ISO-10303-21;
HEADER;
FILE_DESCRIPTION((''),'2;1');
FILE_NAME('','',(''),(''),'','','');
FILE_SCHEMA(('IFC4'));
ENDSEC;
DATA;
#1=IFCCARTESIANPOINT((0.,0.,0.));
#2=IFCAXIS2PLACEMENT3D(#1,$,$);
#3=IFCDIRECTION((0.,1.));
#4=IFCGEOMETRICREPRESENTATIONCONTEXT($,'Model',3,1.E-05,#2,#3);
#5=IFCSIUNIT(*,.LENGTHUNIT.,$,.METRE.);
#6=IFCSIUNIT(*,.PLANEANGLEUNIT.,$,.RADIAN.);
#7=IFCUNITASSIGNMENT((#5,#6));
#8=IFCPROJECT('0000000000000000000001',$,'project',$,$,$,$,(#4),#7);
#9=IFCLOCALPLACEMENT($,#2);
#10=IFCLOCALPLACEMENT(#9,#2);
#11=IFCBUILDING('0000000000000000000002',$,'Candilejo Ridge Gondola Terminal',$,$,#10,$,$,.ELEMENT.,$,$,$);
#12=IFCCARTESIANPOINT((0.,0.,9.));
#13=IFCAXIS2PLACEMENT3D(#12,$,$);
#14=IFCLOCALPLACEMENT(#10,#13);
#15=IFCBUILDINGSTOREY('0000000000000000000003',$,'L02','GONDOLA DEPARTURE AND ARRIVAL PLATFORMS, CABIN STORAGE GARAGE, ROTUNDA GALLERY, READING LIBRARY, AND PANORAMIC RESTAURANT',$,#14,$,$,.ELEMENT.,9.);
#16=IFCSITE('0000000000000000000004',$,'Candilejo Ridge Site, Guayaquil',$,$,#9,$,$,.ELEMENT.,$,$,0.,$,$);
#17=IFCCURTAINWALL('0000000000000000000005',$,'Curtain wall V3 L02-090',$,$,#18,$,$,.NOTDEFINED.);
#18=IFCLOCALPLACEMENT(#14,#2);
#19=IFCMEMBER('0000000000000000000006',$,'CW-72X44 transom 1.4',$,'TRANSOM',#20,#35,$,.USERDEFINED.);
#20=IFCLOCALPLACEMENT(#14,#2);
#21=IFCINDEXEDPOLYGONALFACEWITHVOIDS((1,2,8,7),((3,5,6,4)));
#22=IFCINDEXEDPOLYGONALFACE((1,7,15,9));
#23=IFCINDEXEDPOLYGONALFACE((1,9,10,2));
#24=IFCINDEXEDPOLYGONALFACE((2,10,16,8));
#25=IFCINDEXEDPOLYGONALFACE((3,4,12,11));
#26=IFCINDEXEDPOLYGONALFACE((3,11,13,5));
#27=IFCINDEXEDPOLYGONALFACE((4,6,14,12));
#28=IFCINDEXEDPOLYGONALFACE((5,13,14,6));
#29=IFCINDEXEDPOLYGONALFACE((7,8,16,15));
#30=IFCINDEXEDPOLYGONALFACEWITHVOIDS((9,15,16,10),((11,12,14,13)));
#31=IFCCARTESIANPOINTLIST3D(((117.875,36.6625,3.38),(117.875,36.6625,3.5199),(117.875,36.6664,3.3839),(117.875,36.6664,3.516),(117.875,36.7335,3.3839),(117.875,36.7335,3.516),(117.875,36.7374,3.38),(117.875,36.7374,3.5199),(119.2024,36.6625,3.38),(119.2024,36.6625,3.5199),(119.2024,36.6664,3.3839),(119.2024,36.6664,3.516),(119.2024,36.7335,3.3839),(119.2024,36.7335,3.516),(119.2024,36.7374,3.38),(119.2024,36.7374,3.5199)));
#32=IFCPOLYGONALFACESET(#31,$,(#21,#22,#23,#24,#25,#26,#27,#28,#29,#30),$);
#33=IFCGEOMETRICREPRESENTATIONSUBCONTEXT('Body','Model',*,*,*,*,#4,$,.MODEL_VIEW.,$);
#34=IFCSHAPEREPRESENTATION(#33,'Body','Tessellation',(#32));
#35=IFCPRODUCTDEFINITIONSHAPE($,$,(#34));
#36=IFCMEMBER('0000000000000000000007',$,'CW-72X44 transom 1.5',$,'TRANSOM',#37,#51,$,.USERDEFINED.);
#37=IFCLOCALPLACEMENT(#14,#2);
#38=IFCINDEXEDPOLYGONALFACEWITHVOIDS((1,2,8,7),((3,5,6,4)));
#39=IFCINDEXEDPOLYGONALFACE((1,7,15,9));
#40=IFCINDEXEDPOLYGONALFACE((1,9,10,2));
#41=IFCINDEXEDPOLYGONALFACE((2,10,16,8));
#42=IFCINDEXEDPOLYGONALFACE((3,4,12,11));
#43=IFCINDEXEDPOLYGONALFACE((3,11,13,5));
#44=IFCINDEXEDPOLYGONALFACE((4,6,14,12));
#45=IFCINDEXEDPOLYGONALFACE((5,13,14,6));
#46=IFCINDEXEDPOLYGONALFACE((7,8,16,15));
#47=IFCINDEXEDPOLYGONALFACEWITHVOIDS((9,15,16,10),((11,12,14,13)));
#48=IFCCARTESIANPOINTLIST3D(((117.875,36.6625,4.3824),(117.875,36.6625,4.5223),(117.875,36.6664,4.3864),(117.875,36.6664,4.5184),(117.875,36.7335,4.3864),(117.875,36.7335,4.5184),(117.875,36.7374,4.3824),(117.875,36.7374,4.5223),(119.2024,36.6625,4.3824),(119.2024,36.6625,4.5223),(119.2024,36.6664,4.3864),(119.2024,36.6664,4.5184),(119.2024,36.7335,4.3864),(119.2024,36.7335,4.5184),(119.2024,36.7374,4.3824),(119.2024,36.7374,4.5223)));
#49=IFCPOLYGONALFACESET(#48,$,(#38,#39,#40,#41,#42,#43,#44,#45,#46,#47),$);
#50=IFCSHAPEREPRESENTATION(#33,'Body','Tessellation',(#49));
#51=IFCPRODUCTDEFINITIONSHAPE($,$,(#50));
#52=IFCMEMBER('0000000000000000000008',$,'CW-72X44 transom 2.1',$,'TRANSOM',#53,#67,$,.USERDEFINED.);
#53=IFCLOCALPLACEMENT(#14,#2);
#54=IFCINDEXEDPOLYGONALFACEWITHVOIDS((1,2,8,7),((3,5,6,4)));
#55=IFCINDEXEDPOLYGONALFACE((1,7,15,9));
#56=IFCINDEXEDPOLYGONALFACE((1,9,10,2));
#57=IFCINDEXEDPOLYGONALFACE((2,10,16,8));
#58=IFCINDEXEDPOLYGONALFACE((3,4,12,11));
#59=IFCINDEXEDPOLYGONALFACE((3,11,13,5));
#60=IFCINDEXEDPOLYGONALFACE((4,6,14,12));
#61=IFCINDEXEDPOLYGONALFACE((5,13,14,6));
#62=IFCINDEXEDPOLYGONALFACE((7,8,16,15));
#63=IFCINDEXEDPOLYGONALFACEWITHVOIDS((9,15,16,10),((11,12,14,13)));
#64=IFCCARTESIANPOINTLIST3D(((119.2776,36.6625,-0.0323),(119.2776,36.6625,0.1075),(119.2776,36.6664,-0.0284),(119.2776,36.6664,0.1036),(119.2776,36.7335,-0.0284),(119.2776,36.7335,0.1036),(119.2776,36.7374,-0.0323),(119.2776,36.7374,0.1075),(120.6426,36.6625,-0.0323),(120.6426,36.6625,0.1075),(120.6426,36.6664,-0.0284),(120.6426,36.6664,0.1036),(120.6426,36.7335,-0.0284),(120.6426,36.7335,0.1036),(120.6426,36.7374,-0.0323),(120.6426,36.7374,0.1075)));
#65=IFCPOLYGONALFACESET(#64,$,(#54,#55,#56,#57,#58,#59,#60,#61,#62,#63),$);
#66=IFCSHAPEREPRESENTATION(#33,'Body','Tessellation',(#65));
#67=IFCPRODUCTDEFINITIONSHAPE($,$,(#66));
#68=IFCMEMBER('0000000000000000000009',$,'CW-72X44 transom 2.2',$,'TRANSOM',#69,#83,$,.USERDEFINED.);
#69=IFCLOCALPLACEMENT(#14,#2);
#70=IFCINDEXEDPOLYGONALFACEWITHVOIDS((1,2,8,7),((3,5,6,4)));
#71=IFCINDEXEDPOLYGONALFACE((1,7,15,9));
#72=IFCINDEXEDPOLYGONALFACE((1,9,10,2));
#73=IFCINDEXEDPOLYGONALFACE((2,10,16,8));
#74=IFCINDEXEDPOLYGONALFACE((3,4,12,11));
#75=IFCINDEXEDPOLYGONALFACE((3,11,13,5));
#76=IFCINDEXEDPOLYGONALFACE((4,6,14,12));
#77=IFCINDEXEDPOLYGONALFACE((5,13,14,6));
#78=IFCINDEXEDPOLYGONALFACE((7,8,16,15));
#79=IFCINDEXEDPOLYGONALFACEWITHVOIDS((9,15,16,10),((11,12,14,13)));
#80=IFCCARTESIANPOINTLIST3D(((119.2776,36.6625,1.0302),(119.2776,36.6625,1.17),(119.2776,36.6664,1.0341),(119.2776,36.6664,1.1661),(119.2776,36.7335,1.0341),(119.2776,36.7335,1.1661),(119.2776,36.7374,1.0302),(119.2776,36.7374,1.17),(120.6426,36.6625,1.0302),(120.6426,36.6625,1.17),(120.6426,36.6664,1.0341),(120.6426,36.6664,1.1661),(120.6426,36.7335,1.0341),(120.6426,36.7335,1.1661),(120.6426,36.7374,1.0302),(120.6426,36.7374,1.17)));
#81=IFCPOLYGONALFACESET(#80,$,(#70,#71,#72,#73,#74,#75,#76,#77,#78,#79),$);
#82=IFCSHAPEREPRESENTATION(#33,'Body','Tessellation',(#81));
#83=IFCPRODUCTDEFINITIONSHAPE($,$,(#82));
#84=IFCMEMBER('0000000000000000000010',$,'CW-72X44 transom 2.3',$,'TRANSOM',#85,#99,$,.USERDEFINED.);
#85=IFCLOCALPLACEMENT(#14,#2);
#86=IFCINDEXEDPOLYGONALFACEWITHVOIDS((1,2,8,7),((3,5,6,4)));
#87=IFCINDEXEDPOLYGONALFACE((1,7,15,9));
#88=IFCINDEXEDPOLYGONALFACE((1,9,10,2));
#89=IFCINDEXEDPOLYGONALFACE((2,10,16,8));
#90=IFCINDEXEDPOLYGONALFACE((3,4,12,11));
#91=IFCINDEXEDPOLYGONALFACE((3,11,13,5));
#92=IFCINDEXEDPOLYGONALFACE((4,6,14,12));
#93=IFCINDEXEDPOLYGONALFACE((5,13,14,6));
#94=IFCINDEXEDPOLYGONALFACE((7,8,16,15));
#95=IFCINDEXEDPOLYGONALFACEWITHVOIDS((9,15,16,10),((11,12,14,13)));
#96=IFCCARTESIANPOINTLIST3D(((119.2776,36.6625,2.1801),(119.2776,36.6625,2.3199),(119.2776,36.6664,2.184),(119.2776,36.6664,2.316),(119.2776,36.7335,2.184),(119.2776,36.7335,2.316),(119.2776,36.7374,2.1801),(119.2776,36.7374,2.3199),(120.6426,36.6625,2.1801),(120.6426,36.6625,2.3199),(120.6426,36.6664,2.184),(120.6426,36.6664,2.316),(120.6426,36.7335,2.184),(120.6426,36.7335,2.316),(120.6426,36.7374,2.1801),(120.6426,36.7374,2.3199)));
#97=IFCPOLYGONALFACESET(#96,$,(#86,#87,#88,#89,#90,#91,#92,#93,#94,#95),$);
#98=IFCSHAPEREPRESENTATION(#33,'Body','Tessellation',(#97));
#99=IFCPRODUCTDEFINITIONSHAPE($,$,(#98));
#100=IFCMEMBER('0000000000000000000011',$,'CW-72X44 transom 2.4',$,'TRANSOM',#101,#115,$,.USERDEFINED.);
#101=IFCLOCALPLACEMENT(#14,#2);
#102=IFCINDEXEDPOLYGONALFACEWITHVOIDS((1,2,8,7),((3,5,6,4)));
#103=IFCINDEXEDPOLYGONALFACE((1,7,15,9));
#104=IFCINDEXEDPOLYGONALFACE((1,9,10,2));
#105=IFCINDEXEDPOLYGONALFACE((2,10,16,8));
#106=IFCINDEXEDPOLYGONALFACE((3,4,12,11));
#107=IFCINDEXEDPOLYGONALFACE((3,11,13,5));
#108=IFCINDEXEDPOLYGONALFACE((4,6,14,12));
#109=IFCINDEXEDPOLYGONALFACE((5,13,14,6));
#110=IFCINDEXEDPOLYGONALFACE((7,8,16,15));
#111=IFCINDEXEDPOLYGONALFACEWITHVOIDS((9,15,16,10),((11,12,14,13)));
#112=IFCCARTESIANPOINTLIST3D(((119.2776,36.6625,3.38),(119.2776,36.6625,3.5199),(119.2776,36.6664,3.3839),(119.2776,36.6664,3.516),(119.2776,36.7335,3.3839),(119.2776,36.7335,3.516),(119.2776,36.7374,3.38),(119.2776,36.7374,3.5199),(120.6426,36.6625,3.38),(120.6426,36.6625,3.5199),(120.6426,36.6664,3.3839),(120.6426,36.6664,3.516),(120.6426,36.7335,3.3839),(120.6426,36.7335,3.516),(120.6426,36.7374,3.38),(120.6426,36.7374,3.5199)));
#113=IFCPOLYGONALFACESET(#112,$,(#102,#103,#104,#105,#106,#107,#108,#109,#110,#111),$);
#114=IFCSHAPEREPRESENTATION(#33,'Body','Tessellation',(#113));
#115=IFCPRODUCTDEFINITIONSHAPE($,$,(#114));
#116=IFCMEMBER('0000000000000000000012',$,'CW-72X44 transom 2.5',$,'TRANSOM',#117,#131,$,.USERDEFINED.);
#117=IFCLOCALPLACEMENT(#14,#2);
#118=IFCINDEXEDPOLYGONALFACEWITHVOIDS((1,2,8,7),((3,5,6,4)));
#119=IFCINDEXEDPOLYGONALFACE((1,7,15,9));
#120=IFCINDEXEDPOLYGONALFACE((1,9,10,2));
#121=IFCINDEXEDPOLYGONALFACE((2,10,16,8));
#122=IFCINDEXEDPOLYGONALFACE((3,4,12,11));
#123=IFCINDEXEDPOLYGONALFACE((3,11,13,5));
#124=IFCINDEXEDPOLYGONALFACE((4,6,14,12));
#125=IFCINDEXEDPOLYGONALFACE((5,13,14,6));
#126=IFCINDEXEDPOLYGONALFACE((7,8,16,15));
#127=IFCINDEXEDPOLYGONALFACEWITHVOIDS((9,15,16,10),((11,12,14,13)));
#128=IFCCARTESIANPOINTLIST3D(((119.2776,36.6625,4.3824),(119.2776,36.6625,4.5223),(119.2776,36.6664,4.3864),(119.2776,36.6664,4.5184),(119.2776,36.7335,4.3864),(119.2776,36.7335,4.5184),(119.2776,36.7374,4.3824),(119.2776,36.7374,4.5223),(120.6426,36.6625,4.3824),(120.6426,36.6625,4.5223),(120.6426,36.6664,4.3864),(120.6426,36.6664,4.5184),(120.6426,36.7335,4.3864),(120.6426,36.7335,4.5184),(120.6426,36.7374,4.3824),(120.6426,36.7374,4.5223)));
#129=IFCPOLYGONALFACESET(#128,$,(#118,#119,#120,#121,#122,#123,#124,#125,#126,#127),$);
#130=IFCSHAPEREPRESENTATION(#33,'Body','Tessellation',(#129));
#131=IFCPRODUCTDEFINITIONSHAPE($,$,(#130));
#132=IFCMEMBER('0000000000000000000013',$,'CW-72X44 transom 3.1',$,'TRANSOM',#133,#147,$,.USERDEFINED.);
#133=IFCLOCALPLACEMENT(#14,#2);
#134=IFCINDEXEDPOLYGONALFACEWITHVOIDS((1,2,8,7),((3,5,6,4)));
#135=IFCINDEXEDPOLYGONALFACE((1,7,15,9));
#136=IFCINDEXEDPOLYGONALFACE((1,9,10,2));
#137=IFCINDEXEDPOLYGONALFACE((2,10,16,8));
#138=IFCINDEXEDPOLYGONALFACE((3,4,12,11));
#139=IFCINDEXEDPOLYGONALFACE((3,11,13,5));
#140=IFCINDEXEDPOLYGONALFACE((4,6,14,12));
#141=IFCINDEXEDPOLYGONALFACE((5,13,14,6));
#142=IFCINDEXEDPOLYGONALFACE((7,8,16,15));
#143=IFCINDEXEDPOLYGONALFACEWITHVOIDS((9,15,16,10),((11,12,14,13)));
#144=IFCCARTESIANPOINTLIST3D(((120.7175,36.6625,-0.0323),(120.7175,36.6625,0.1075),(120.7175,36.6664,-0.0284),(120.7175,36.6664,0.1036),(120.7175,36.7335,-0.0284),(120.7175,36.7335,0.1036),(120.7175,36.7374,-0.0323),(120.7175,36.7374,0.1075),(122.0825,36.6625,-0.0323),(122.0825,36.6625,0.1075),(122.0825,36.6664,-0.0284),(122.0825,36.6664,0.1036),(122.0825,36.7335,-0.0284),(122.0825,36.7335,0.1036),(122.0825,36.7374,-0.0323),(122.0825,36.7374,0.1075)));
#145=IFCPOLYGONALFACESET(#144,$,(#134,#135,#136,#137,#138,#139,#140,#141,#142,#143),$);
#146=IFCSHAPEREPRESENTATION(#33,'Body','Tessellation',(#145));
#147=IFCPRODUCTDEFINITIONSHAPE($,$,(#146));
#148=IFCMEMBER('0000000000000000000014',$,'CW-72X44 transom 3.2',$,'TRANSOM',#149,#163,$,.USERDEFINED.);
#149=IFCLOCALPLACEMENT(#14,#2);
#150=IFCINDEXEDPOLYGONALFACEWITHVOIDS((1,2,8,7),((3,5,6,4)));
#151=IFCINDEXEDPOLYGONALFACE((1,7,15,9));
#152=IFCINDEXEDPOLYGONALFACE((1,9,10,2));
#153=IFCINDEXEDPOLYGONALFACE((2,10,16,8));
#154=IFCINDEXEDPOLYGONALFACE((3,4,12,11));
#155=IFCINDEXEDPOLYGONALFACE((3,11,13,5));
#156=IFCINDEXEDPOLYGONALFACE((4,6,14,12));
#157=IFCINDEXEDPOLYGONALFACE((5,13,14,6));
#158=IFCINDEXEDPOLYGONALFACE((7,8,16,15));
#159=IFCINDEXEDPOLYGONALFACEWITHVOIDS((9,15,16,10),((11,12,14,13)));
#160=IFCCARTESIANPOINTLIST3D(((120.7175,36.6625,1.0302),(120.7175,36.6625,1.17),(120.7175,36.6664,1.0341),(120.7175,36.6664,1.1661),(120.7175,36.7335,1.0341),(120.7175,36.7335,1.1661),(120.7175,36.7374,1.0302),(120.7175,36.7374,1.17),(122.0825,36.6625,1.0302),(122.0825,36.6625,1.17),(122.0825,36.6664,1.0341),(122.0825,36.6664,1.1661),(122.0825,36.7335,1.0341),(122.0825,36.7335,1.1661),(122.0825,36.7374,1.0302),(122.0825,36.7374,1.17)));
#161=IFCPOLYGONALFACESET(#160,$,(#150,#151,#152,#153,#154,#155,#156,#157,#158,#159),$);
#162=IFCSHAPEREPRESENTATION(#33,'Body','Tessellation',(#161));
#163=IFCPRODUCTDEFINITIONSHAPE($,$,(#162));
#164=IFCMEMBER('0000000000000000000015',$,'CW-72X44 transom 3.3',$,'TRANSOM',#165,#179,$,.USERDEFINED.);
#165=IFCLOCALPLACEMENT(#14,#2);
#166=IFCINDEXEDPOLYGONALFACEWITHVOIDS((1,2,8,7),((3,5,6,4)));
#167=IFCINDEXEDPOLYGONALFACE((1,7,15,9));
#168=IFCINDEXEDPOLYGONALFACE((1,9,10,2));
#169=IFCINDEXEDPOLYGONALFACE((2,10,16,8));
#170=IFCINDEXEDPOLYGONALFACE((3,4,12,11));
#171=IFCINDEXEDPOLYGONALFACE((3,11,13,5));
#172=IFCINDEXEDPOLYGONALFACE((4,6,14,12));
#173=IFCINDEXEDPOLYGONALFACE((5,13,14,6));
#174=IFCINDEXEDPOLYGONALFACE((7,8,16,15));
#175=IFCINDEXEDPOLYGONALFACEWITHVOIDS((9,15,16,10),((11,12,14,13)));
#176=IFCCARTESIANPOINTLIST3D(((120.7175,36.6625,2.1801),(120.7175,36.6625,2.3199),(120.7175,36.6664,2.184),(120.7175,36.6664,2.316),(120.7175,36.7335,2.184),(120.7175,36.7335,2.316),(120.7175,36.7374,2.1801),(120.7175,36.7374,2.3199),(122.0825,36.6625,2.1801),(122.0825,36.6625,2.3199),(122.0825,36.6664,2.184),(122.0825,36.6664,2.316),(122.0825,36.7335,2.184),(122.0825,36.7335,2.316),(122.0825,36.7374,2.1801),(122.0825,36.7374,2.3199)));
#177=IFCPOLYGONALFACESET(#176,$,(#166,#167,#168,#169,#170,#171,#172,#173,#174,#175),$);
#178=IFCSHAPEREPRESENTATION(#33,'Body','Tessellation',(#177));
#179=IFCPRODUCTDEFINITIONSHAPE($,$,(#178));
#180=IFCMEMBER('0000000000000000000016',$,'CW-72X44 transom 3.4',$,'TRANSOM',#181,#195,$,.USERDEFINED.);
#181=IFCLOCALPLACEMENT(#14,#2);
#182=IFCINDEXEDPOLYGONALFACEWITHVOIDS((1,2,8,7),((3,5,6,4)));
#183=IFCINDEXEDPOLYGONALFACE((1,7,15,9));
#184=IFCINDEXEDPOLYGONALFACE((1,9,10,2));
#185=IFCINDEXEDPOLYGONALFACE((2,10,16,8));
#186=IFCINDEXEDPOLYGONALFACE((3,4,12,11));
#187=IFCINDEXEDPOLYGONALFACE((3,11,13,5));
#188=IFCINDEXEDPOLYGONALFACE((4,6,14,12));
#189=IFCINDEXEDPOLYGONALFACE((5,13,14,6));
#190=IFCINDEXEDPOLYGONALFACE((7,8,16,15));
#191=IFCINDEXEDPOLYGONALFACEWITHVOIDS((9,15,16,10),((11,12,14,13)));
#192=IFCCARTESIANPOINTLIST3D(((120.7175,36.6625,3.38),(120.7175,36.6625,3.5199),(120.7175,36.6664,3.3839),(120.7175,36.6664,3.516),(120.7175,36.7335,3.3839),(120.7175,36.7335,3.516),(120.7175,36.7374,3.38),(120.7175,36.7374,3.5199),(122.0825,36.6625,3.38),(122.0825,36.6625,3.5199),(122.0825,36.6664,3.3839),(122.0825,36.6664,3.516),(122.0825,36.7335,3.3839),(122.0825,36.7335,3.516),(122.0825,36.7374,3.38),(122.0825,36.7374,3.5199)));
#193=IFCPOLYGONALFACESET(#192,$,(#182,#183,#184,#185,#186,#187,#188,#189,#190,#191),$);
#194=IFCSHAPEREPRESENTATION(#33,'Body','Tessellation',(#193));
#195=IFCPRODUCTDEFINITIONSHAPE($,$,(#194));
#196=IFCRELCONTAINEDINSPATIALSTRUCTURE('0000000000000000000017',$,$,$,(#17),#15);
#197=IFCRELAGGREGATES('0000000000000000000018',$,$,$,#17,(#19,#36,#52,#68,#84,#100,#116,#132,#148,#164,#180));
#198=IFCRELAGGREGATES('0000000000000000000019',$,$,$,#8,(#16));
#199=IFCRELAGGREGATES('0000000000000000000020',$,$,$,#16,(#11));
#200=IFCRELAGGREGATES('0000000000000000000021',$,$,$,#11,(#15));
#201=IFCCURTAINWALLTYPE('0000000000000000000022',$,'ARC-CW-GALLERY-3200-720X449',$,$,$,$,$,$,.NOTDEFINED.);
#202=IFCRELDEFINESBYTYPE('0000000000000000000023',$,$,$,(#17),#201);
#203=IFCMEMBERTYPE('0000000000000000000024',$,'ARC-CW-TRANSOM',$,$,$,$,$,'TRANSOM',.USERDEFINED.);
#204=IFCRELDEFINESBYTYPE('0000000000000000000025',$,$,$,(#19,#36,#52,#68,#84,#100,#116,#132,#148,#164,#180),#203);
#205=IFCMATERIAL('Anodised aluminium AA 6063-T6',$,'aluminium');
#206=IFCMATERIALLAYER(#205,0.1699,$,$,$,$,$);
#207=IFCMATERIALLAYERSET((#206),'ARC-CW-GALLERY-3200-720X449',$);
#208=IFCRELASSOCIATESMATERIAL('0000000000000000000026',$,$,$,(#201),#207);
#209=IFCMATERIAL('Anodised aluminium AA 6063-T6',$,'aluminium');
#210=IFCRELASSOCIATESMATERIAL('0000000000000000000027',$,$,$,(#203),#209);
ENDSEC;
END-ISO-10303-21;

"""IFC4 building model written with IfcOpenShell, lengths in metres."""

from ifc_helpers import new_model, si_unit, direction, frame, origin, origin_2d, place, context, subcontext, project, spatial, hollow_rectangle, extrude, material, layer, layer_set, material_profile, profile_set, type_object, element, aggregate, save


model = new_model("IFC4")

# Units and contexts
model_context = context("Model", 3, precision=1e-05, world=origin(), true_north=direction((0.0, 1.0)))
body_context = subcontext(model_context, "Body", "Model", "MODEL_VIEW")
ifc_project = project(units=[si_unit("LENGTHUNIT", "METRE"), si_unit("PLANEANGLEUNIT", "RADIAN")], contexts=[model_context])

# Site, building, storey
site_placement = place(None, origin())
site = spatial("IfcSite", under=ifc_project, at=site_placement, Name="Candilejo Ridge Site, Guayaquil", CompositionType="ELEMENT", RefElevation=0.0)
building_placement = place(site_placement, origin())
building = spatial("IfcBuilding", under=site, at=building_placement, Name="Candilejo Ridge Gondola Terminal", CompositionType="ELEMENT")
storey_placement = place(building_placement, frame((0.0, 0.0, 9.0)))
storey = spatial("IfcBuildingStorey", under=building, at=storey_placement, Name="L02", Description="GONDOLA DEPARTURE AND ARRIVAL PLATFORMS, CABIN STORAGE GARAGE, ROTUNDA GALLERY, READING LIBRARY, AND PANORAMIC RESTAURANT", CompositionType="ELEMENT", Elevation=9.0)

# Shared definitions
ifc_material_1 = material(Name="Anodised aluminium AA 6063-T6", Category="aluminium")
ifc_layer_1 = layer(ifc_material_1, 0.1699)
ifc_layer_set_1 = layer_set([ifc_layer_1], Name="ARC-CW-GALLERY-3200-720X449")
curtain_wall_type = type_object("IfcCurtainWallType", Name="ARC-CW-GALLERY-3200-720X449", PredefinedType="NOTDEFINED", material=ifc_layer_set_1)

# Curtain wall
curtain_wall_1_placement = place(storey_placement, origin())
curtain_wall_1 = element("IfcCurtainWall", 1, at=curtain_wall_1_placement, inside=storey, type_object=curtain_wall_type, Name="Curtain wall V3 L02-090", PredefinedType="NOTDEFINED")

# Members
ifc_material_2 = material(Name="Anodised aluminium AA 6063-T6", Category="aluminium")
ifc_material_profile_1 = material_profile(ifc_material_2, hollow_rectangle(XDim=0.075, YDim=0.1399, WallThickness=0.0039, at=origin_2d()))
ifc_profile_set_1 = profile_set([ifc_material_profile_1], Name="Anodised aluminium AA 6063-T6")
member_type_1 = type_object("IfcMemberType", Name="ARC-CW-TRANSOM", ElementType="TRANSOM", PredefinedType="USERDEFINED", material=ifc_profile_set_1)
member_1_placement = place(storey_placement, frame((117.875, 36.7, 3.45), z_axis=(1.0, 0.0, 0.0), x_axis=(0.0, 1.0, 0.0)))
member_1 = element("IfcMember", 2, at=member_1_placement, type_object=member_type_1, Name="CW-72X44 transom 1.4", ObjectType="TRANSOM", PredefinedType="USERDEFINED", context=body_context, shape_type="SweptSolid", body=[
    extrude(hollow_rectangle(XDim=0.075, YDim=0.1399, WallThickness=0.0039, at=origin_2d()), origin(), (0.0, 0.0, 1.0), 1.3274),
])
member_2_placement = place(storey_placement, frame((117.875, 36.7, 4.4524), z_axis=(1.0, 0.0, 0.0), x_axis=(0.0, 1.0, 0.0)))
member_2 = element("IfcMember", 3, at=member_2_placement, type_object=member_type_1, Name="CW-72X44 transom 1.5", ObjectType="TRANSOM", PredefinedType="USERDEFINED", context=body_context, shape_type="SweptSolid", body=[
    extrude(hollow_rectangle(XDim=0.075, YDim=0.1399, WallThickness=0.0039, at=origin_2d()), origin(), (0.0, 0.0, 1.0), 1.3274),
])
member_3_placement = place(storey_placement, frame((119.2776, 36.7, 0.0376), z_axis=(1.0, 0.0, 0.0), x_axis=(0.0, 1.0, 0.0)))
member_3 = element("IfcMember", 4, at=member_3_placement, type_object=member_type_1, Name="CW-72X44 transom 2.1", ObjectType="TRANSOM", PredefinedType="USERDEFINED", context=body_context, shape_type="SweptSolid", body=[
    extrude(hollow_rectangle(XDim=0.075, YDim=0.1399, WallThickness=0.0039, at=origin_2d()), origin(), (0.0, 0.0, 1.0), 1.365),
])
member_4_placement = place(storey_placement, frame((119.2776, 36.7, 1.1001), z_axis=(1.0, 0.0, 0.0), x_axis=(0.0, 1.0, 0.0)))
member_4 = element("IfcMember", 5, at=member_4_placement, type_object=member_type_1, Name="CW-72X44 transom 2.2", ObjectType="TRANSOM", PredefinedType="USERDEFINED", context=body_context, shape_type="SweptSolid", body=[
    extrude(hollow_rectangle(XDim=0.075, YDim=0.1399, WallThickness=0.0039, at=origin_2d()), origin(), (0.0, 0.0, 1.0), 1.365),
])
member_5_placement = place(storey_placement, frame((119.2776, 36.7, 2.25), z_axis=(1.0, 0.0, 0.0), x_axis=(0.0, 1.0, 0.0)))
member_5 = element("IfcMember", 6, at=member_5_placement, type_object=member_type_1, Name="CW-72X44 transom 2.3", ObjectType="TRANSOM", PredefinedType="USERDEFINED", context=body_context, shape_type="SweptSolid", body=[
    extrude(hollow_rectangle(XDim=0.075, YDim=0.1399, WallThickness=0.0039, at=origin_2d()), origin(), (0.0, 0.0, 1.0), 1.365),
])
member_6_placement = place(storey_placement, frame((119.2776, 36.7, 3.45), z_axis=(1.0, 0.0, 0.0), x_axis=(0.0, 1.0, 0.0)))
member_6 = element("IfcMember", 7, at=member_6_placement, type_object=member_type_1, Name="CW-72X44 transom 2.4", ObjectType="TRANSOM", PredefinedType="USERDEFINED", context=body_context, shape_type="SweptSolid", body=[
    extrude(hollow_rectangle(XDim=0.075, YDim=0.1399, WallThickness=0.0039, at=origin_2d()), origin(), (0.0, 0.0, 1.0), 1.365),
])
member_7_placement = place(storey_placement, frame((119.2776, 36.7, 4.4524), z_axis=(1.0, 0.0, 0.0), x_axis=(0.0, 1.0, 0.0)))
member_7 = element("IfcMember", 8, at=member_7_placement, type_object=member_type_1, Name="CW-72X44 transom 2.5", ObjectType="TRANSOM", PredefinedType="USERDEFINED", context=body_context, shape_type="SweptSolid", body=[
    extrude(hollow_rectangle(XDim=0.075, YDim=0.1399, WallThickness=0.0039, at=origin_2d()), origin(), (0.0, 0.0, 1.0), 1.365),
])
member_8_placement = place(storey_placement, frame((120.7175, 36.7, 0.0376), z_axis=(1.0, 0.0, 0.0), x_axis=(0.0, 1.0, 0.0)))
member_8 = element("IfcMember", 9, at=member_8_placement, type_object=member_type_1, Name="CW-72X44 transom 3.1", ObjectType="TRANSOM", PredefinedType="USERDEFINED", context=body_context, shape_type="SweptSolid", body=[
    extrude(hollow_rectangle(XDim=0.075, YDim=0.1399, WallThickness=0.0039, at=origin_2d()), origin(), (0.0, 0.0, 1.0), 1.365),
])
member_9_placement = place(storey_placement, frame((120.7175, 36.7, 1.1001), z_axis=(1.0, 0.0, 0.0), x_axis=(0.0, 1.0, 0.0)))
member_9 = element("IfcMember", 10, at=member_9_placement, type_object=member_type_1, Name="CW-72X44 transom 3.2", ObjectType="TRANSOM", PredefinedType="USERDEFINED", context=body_context, shape_type="SweptSolid", body=[
    extrude(hollow_rectangle(XDim=0.075, YDim=0.1399, WallThickness=0.0039, at=origin_2d()), origin(), (0.0, 0.0, 1.0), 1.365),
])
member_10_placement = place(storey_placement, frame((120.7175, 36.7, 2.25), z_axis=(1.0, 0.0, 0.0), x_axis=(0.0, 1.0, 0.0)))
member_10 = element("IfcMember", 11, at=member_10_placement, type_object=member_type_1, Name="CW-72X44 transom 3.3", ObjectType="TRANSOM", PredefinedType="USERDEFINED", context=body_context, shape_type="SweptSolid", body=[
    extrude(hollow_rectangle(XDim=0.075, YDim=0.1399, WallThickness=0.0039, at=origin_2d()), origin(), (0.0, 0.0, 1.0), 1.365),
])
member_11_placement = place(storey_placement, frame((120.7175, 36.7, 3.45), z_axis=(1.0, 0.0, 0.0), x_axis=(0.0, 1.0, 0.0)))
member_11 = element("IfcMember", 12, at=member_11_placement, type_object=member_type_1, Name="CW-72X44 transom 3.4", ObjectType="TRANSOM", PredefinedType="USERDEFINED", context=body_context, shape_type="SweptSolid", body=[
    extrude(hollow_rectangle(XDim=0.075, YDim=0.1399, WallThickness=0.0039, at=origin_2d()), origin(), (0.0, 0.0, 1.0), 1.365),
])

aggregate(curtain_wall_1, [member_1, member_2, member_3, member_4, member_5, member_6, member_7, member_8, member_9, member_10, member_11])

save(model, "model.ifc")
